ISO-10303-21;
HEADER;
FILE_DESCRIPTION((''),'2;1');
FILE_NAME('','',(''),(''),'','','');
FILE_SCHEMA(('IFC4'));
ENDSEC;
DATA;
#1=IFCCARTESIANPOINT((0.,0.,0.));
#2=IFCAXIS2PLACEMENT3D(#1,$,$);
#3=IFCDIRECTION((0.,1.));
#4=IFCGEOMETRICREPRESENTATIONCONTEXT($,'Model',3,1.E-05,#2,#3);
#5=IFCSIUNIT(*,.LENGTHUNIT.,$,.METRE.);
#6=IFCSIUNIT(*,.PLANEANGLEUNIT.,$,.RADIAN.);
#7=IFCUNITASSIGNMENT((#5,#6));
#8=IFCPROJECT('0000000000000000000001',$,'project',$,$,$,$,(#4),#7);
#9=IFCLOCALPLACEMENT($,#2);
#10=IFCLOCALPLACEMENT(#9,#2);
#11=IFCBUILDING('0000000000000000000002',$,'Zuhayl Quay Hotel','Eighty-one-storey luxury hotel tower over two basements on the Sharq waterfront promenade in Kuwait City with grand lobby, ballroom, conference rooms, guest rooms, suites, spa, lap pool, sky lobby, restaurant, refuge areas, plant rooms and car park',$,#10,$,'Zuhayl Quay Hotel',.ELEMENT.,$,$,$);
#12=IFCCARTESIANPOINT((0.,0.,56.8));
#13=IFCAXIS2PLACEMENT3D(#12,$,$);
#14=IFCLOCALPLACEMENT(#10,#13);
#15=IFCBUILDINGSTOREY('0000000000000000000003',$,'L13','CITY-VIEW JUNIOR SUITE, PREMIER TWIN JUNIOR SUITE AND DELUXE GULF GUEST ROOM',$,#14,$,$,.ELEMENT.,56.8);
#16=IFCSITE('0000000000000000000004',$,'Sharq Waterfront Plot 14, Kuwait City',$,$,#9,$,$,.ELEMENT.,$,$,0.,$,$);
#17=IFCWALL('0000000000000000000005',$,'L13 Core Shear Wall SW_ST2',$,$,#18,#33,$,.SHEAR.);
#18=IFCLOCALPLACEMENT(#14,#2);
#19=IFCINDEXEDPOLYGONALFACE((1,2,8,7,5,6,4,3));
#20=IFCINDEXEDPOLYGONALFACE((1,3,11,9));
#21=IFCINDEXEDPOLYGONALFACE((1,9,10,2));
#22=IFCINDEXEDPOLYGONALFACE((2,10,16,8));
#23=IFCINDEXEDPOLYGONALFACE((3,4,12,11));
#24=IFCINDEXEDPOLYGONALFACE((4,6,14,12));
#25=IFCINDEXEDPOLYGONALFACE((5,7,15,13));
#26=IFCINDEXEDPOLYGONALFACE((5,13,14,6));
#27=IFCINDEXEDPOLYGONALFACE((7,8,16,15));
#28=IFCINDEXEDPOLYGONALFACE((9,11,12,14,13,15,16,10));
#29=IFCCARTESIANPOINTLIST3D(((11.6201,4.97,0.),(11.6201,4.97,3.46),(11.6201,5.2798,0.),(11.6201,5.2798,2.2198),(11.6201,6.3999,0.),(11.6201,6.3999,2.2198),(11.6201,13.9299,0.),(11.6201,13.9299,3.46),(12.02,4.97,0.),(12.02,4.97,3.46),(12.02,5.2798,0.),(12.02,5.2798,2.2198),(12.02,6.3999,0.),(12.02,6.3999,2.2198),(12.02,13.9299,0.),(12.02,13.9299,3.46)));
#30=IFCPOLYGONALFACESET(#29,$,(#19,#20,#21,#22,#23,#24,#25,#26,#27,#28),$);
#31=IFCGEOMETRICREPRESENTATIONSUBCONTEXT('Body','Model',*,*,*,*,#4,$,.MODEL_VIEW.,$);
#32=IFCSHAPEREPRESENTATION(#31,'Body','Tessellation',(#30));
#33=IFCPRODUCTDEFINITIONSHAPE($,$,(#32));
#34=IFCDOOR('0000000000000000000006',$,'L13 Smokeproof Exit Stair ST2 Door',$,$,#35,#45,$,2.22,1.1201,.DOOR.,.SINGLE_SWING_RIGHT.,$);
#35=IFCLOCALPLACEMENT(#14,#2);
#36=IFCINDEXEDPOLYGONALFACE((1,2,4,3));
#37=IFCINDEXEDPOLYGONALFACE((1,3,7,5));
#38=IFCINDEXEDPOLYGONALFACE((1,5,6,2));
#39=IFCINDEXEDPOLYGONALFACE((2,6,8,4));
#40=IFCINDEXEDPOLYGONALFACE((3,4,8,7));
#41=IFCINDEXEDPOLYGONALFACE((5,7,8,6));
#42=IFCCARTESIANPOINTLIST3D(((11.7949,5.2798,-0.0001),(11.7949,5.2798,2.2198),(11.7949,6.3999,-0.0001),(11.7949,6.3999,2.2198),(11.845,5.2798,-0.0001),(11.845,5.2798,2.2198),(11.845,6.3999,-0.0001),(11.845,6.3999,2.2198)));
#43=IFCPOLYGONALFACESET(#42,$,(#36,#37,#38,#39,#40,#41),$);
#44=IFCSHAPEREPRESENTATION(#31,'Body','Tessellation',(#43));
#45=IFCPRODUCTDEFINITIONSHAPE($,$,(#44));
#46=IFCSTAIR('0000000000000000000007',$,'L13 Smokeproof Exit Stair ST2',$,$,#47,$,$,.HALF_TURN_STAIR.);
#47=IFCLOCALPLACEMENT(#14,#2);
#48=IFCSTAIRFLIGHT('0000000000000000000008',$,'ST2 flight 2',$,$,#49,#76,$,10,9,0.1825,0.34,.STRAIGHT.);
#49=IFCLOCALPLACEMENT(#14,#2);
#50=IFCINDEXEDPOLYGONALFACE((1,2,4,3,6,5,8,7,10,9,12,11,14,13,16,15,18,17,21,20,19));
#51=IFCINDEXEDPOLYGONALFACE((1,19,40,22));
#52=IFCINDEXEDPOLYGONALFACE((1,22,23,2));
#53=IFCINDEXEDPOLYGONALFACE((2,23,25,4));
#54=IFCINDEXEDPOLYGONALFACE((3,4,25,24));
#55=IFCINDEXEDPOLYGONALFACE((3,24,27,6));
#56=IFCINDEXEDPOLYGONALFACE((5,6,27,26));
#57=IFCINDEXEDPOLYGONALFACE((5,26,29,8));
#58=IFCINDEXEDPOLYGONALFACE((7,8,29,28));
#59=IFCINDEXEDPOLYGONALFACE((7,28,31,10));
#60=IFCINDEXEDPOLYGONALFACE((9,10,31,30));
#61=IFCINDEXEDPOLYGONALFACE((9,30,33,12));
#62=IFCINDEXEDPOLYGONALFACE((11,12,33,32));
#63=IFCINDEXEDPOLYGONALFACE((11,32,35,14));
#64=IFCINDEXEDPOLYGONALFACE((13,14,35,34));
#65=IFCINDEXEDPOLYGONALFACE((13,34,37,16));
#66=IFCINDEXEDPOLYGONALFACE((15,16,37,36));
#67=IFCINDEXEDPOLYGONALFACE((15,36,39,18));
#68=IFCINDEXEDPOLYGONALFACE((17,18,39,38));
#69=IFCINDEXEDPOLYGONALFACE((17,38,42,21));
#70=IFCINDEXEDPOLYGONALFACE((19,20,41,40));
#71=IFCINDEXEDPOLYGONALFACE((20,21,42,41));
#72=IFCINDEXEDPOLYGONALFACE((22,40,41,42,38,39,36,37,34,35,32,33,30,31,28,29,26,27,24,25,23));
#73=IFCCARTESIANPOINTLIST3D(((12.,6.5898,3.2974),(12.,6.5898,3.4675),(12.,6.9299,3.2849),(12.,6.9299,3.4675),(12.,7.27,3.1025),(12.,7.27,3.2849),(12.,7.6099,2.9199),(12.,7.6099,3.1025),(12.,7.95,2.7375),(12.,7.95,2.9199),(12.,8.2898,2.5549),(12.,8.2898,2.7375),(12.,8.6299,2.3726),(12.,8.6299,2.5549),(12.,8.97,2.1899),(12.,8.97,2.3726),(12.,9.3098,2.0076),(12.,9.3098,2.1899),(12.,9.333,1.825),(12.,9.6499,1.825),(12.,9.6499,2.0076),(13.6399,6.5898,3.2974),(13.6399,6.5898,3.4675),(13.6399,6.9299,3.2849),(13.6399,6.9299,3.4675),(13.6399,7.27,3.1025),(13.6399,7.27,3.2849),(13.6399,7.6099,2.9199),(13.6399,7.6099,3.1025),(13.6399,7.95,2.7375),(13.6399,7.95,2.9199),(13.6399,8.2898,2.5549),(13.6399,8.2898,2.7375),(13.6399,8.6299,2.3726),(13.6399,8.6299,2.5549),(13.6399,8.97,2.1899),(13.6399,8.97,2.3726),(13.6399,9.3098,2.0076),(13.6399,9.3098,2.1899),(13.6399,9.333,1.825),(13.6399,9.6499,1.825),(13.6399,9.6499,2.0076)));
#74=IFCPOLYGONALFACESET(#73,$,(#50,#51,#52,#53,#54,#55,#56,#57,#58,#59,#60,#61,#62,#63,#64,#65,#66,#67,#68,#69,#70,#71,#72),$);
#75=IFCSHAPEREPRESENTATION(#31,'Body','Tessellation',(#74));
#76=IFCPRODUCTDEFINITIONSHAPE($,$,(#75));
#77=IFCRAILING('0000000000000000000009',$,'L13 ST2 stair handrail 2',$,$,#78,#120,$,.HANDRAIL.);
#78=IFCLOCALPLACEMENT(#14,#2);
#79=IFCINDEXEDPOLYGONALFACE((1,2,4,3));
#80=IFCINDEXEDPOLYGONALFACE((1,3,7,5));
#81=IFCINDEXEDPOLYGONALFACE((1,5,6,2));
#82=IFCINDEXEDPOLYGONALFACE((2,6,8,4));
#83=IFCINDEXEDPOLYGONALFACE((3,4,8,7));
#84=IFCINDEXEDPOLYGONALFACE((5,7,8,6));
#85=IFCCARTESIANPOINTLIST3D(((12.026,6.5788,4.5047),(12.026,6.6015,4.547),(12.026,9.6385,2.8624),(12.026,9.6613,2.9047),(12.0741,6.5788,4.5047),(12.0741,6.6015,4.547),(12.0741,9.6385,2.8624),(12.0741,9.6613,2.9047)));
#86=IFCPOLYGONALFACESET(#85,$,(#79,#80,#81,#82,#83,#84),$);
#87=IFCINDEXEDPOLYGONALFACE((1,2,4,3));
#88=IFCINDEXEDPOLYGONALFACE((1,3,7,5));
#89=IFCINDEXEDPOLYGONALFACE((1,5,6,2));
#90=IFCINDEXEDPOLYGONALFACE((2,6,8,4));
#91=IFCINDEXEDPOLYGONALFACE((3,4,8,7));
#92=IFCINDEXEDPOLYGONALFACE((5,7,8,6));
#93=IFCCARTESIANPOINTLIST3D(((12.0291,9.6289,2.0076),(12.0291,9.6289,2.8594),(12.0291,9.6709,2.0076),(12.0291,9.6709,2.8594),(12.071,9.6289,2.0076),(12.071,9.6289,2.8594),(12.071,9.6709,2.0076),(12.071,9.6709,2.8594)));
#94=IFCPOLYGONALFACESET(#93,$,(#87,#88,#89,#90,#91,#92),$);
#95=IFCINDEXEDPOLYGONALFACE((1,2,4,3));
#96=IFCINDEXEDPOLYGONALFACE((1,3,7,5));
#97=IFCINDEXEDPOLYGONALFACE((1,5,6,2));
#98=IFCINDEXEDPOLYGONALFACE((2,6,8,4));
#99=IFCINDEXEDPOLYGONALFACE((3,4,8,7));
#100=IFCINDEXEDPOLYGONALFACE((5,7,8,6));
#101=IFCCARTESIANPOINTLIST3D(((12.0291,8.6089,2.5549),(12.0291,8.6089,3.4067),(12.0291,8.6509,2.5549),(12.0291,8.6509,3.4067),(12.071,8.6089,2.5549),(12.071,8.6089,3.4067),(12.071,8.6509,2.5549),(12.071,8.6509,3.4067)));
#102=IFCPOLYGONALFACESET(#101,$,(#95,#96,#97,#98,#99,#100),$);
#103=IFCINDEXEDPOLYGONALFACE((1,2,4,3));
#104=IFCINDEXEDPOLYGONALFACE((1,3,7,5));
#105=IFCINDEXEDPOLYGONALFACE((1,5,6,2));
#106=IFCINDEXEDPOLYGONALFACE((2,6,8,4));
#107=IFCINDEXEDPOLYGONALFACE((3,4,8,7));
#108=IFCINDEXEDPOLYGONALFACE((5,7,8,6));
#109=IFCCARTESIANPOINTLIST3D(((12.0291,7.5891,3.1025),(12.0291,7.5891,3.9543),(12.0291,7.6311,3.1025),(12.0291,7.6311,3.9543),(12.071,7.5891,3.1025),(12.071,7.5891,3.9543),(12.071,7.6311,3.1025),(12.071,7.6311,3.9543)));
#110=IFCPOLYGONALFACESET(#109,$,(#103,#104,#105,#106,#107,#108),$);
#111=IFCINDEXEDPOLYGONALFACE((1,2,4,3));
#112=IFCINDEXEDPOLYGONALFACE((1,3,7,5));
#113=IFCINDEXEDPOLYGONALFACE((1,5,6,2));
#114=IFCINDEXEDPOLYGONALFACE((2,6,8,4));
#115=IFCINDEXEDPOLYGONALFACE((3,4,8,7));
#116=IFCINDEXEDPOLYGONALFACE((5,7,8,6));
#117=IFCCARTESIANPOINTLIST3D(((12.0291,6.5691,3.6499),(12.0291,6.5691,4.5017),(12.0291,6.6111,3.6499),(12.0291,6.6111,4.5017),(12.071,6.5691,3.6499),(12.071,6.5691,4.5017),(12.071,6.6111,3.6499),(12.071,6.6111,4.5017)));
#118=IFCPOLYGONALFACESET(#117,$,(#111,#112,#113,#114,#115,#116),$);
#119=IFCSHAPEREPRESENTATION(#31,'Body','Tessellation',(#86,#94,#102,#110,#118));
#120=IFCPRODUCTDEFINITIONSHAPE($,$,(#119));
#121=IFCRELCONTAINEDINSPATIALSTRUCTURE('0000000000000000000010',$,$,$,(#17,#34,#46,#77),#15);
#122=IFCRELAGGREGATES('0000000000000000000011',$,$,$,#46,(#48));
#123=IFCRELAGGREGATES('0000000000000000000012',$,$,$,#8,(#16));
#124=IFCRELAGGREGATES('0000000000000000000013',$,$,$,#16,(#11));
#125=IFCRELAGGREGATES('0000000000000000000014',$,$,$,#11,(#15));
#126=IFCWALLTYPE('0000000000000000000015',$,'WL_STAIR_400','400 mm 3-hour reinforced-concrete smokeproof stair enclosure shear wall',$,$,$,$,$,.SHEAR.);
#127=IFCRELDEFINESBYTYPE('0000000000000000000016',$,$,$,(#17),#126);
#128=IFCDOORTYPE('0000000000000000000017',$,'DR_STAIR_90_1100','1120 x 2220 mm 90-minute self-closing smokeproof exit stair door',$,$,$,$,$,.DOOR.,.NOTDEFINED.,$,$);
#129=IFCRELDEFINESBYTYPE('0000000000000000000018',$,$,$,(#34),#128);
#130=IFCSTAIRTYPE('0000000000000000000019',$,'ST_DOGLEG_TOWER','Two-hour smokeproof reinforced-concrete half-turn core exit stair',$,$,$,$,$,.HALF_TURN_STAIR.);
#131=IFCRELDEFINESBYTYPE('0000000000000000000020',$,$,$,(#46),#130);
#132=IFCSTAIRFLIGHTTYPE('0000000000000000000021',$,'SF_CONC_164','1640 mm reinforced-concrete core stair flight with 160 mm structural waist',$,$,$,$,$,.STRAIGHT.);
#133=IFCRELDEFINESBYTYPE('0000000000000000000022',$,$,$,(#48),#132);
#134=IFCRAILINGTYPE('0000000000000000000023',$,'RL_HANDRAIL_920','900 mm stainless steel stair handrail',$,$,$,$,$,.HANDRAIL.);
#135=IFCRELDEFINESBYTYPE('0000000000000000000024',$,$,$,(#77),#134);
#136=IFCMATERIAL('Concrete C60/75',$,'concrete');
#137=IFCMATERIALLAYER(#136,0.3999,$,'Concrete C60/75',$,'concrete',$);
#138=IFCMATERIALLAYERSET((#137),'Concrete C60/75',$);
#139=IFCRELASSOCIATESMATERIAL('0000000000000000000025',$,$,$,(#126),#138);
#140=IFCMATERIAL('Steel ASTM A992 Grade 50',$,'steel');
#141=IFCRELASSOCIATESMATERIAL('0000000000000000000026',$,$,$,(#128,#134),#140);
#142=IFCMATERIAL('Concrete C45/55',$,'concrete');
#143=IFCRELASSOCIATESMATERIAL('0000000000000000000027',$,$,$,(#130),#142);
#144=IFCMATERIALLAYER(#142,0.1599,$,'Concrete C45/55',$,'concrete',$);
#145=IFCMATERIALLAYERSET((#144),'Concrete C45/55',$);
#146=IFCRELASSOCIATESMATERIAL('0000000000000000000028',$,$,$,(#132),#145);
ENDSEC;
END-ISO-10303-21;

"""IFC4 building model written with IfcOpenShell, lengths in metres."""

from ifc_helpers import new_model, si_unit, direction, frame, frame_2d, origin, origin_2d, place, context, subcontext, project, spatial, polyline, rectangle, outline, extrude, material, layer, layer_set, type_object, element, fill, aggregate, save


model = new_model("IFC4")

# Units and contexts
model_context = context("Model", 3, precision=1e-05, world=origin(), true_north=direction((0.0, 1.0)))
body_context = subcontext(model_context, "Body", "Model", "MODEL_VIEW")
ifc_project = project(units=[si_unit("LENGTHUNIT", "METRE"), si_unit("PLANEANGLEUNIT", "RADIAN")], contexts=[model_context])

# Site, building, storey
site_placement = place(None, origin())
site = spatial("IfcSite", under=ifc_project, at=site_placement, Name="Sharq Waterfront Plot 14, Kuwait City", CompositionType="ELEMENT", RefElevation=0.0)
building_placement = place(site_placement, origin())
building = spatial("IfcBuilding", under=site, at=building_placement, Name="Zuhayl Quay Hotel", Description="Eighty-one-storey luxury hotel tower over two basements on the Sharq waterfront promenade in Kuwait City with grand lobby, ballroom, conference rooms, guest rooms, suites, spa, lap pool, sky lobby, restaurant, refuge areas, plant rooms and car park", LongName="Zuhayl Quay Hotel", CompositionType="ELEMENT")
storey_placement = place(building_placement, frame((0.0, 0.0, 56.8)))
storey = spatial("IfcBuildingStorey", under=building, at=storey_placement, Name="L13", Description="CITY-VIEW JUNIOR SUITE, PREMIER TWIN JUNIOR SUITE AND DELUXE GULF GUEST ROOM", CompositionType="ELEMENT", Elevation=56.8)

# Shared definitions
ifc_material_1 = material(Name="Steel ASTM A992 Grade 50", Category="steel")

# Wall, opening, door
ifc_material_2 = material(Name="Concrete C60/75", Category="concrete")
ifc_layer_1 = layer(ifc_material_2, 0.3999, Name="Concrete C60/75", Category="concrete")
ifc_layer_set_1 = layer_set([ifc_layer_1], Name="Concrete C60/75")
wall_type_1 = type_object("IfcWallType", Name="WL_STAIR_400", Description="400 mm 3-hour reinforced-concrete smokeproof stair enclosure shear wall", PredefinedType="SHEAR", material=ifc_layer_set_1)
wall_1_placement = place(storey_placement, frame((11.8201, 13.9299, 0.0), z_axis=(0.0, 0.0, 1.0), x_axis=(0.0, -1.0, 0.0)))
wall_1 = element("IfcWall", 1, at=wall_1_placement, inside=storey, type_object=wall_type_1, Name="L13 Core Shear Wall SW_ST2", PredefinedType="SHEAR", context=body_context, shape_type="SweptSolid", body=[
    extrude(rectangle(XDim=8.96, YDim=0.3999, at=frame_2d((4.48, 0.0))), origin(), (0.0, 0.0, 1.0), 3.46),
])
opening_1_placement = place(wall_1_placement, frame((7.53, 0.0, 0.0)))
opening_1 = element("IfcOpeningElement", 2, at=opening_1_placement, cuts=wall_1, PredefinedType="OPENING", context=body_context, shape_type="SweptSolid", body=[
    extrude(rectangle(XDim=1.1201, YDim=2.22, at=frame_2d((0.5601, 1.1099))), frame((0.0, 0.21, 0.0), z_axis=(0.0, -1.0, 0.0), x_axis=(1.0, 0.0, 0.0)), (0.0, 0.0, 1.0), 0.4199),
])
door_type_1 = type_object("IfcDoorType", Name="DR_STAIR_90_1100", Description="1120 x 2220 mm 90-minute self-closing smokeproof exit stair door", OperationType="NOTDEFINED", PredefinedType="DOOR", material=ifc_material_1)
door_1_placement = place(opening_1_placement, origin())
door_1 = element("IfcDoor", 3, at=door_1_placement, inside=storey, type_object=door_type_1, Name="L13 Smokeproof Exit Stair ST2 Door", OperationType="SINGLE_SWING_RIGHT", OverallHeight=2.22, OverallWidth=1.1201, PredefinedType="DOOR", context=body_context, shape_type="SweptSolid", body=[
    extrude(rectangle(XDim=1.1201, YDim=2.22, at=frame_2d((0.5601, 1.1099))), frame((0.0, 0.0249, 0.0), z_axis=(0.0, -1.0, 0.0), x_axis=(1.0, 0.0, 0.0)), (0.0, 0.0, 1.0), 0.05),
])
fill(opening_1, door_1)

# Stair, stair flight
ifc_material_3 = material(Name="Concrete C45/55", Category="concrete")
stair_type = type_object("IfcStairType", Name="ST_DOGLEG_TOWER", Description="Two-hour smokeproof reinforced-concrete half-turn core exit stair", PredefinedType="HALF_TURN_STAIR", material=ifc_material_3)
stair_placement = place(storey_placement, origin())
stair = element("IfcStair", 4, at=stair_placement, inside=storey, type_object=stair_type, Name="L13 Smokeproof Exit Stair ST2", PredefinedType="HALF_TURN_STAIR")
ifc_layer_2 = layer(ifc_material_3, 0.1599, Name="Concrete C45/55", Category="concrete")
ifc_layer_set_2 = layer_set([ifc_layer_2], Name="Concrete C45/55")
stair_flight_type = type_object("IfcStairFlightType", Name="SF_CONC_164", Description="1640 mm reinforced-concrete core stair flight with 160 mm structural waist", PredefinedType="STRAIGHT", material=ifc_layer_set_2)
stair_flight_placement = place(storey_placement, frame((12.8201, 9.6499, 1.825), z_axis=(0.0, 0.0, 1.0), x_axis=(0.0, -1.0, 0.0)))
stair_flight = element("IfcStairFlight", 5, at=stair_flight_placement, type_object=stair_flight_type, Name="ST2 flight 2", NumberOfRisers=10, NumberOfTreads=9, PredefinedType="STRAIGHT", RiserHeight=0.1825, TreadLength=0.34, context=body_context, shape_type="SweptSolid", body=[
    extrude(outline(polyline([(0.0, 0.0), (0.0, 0.1826), (0.3401, 0.1826), (0.3401, 0.365), (0.6799, 0.365), (0.6799, 0.5476), (1.02, 0.5476), (1.02, 0.73), (1.3601, 0.73), (1.3601, 0.9126), (1.7, 0.9126), (1.7, 1.095), (2.04, 1.095), (2.04, 1.2776), (2.3799, 1.2776), (2.3799, 1.46), (2.72, 1.46), (2.72, 1.6426), (3.0601, 1.6426), (3.0601, 1.825), (3.0601, 1.4724), (0.3169, 0.0), (0.0, 0.0)])), frame((0.0, 0.8198, 0.0), z_axis=(0.0, -1.0, 0.0), x_axis=(1.0, 0.0, 0.0)), (0.0, 0.0, 1.0), 1.6399),
])
aggregate(stair, [stair_flight])

# Railing
railing_type = type_object("IfcRailingType", Name="RL_HANDRAIL_920", Description="900 mm stainless steel stair handrail", PredefinedType="HANDRAIL", material=ifc_material_1)
railing_placement = place(storey_placement, frame((12.05, 9.6499, 2.0076)))
element("IfcRailing", 6, at=railing_placement, inside=storey, type_object=railing_type, Name="L13 ST2 stair handrail 2", PredefinedType="HANDRAIL", context=body_context, shape_type="SweptSolid", body=[
    extrude(rectangle(XDim=0.0481, YDim=0.0481, at=origin_2d()), frame((0.0, 0.0, 0.876), z_axis=(0.0, -0.881102, 0.472926), x_axis=(1.0, 0.0, 0.0)), (0.0, 0.0, 1.0), 3.4727),
    extrude(rectangle(XDim=0.042, YDim=0.042, at=origin_2d()), origin(), (0.0, 0.0, 1.0), 0.8518),
    extrude(rectangle(XDim=0.042, YDim=0.042, at=origin_2d()), frame((0.0, -1.02, 0.5474)), (0.0, 0.0, 1.0), 0.8518),
    extrude(rectangle(XDim=0.042, YDim=0.042, at=origin_2d()), frame((0.0, -2.0398, 1.095)), (0.0, 0.0, 1.0), 0.8518),
    extrude(rectangle(XDim=0.042, YDim=0.042, at=origin_2d()), frame((0.0, -3.0598, 1.6423)), (0.0, 0.0, 1.0), 0.8518),
])

save(model, "model.ifc")
